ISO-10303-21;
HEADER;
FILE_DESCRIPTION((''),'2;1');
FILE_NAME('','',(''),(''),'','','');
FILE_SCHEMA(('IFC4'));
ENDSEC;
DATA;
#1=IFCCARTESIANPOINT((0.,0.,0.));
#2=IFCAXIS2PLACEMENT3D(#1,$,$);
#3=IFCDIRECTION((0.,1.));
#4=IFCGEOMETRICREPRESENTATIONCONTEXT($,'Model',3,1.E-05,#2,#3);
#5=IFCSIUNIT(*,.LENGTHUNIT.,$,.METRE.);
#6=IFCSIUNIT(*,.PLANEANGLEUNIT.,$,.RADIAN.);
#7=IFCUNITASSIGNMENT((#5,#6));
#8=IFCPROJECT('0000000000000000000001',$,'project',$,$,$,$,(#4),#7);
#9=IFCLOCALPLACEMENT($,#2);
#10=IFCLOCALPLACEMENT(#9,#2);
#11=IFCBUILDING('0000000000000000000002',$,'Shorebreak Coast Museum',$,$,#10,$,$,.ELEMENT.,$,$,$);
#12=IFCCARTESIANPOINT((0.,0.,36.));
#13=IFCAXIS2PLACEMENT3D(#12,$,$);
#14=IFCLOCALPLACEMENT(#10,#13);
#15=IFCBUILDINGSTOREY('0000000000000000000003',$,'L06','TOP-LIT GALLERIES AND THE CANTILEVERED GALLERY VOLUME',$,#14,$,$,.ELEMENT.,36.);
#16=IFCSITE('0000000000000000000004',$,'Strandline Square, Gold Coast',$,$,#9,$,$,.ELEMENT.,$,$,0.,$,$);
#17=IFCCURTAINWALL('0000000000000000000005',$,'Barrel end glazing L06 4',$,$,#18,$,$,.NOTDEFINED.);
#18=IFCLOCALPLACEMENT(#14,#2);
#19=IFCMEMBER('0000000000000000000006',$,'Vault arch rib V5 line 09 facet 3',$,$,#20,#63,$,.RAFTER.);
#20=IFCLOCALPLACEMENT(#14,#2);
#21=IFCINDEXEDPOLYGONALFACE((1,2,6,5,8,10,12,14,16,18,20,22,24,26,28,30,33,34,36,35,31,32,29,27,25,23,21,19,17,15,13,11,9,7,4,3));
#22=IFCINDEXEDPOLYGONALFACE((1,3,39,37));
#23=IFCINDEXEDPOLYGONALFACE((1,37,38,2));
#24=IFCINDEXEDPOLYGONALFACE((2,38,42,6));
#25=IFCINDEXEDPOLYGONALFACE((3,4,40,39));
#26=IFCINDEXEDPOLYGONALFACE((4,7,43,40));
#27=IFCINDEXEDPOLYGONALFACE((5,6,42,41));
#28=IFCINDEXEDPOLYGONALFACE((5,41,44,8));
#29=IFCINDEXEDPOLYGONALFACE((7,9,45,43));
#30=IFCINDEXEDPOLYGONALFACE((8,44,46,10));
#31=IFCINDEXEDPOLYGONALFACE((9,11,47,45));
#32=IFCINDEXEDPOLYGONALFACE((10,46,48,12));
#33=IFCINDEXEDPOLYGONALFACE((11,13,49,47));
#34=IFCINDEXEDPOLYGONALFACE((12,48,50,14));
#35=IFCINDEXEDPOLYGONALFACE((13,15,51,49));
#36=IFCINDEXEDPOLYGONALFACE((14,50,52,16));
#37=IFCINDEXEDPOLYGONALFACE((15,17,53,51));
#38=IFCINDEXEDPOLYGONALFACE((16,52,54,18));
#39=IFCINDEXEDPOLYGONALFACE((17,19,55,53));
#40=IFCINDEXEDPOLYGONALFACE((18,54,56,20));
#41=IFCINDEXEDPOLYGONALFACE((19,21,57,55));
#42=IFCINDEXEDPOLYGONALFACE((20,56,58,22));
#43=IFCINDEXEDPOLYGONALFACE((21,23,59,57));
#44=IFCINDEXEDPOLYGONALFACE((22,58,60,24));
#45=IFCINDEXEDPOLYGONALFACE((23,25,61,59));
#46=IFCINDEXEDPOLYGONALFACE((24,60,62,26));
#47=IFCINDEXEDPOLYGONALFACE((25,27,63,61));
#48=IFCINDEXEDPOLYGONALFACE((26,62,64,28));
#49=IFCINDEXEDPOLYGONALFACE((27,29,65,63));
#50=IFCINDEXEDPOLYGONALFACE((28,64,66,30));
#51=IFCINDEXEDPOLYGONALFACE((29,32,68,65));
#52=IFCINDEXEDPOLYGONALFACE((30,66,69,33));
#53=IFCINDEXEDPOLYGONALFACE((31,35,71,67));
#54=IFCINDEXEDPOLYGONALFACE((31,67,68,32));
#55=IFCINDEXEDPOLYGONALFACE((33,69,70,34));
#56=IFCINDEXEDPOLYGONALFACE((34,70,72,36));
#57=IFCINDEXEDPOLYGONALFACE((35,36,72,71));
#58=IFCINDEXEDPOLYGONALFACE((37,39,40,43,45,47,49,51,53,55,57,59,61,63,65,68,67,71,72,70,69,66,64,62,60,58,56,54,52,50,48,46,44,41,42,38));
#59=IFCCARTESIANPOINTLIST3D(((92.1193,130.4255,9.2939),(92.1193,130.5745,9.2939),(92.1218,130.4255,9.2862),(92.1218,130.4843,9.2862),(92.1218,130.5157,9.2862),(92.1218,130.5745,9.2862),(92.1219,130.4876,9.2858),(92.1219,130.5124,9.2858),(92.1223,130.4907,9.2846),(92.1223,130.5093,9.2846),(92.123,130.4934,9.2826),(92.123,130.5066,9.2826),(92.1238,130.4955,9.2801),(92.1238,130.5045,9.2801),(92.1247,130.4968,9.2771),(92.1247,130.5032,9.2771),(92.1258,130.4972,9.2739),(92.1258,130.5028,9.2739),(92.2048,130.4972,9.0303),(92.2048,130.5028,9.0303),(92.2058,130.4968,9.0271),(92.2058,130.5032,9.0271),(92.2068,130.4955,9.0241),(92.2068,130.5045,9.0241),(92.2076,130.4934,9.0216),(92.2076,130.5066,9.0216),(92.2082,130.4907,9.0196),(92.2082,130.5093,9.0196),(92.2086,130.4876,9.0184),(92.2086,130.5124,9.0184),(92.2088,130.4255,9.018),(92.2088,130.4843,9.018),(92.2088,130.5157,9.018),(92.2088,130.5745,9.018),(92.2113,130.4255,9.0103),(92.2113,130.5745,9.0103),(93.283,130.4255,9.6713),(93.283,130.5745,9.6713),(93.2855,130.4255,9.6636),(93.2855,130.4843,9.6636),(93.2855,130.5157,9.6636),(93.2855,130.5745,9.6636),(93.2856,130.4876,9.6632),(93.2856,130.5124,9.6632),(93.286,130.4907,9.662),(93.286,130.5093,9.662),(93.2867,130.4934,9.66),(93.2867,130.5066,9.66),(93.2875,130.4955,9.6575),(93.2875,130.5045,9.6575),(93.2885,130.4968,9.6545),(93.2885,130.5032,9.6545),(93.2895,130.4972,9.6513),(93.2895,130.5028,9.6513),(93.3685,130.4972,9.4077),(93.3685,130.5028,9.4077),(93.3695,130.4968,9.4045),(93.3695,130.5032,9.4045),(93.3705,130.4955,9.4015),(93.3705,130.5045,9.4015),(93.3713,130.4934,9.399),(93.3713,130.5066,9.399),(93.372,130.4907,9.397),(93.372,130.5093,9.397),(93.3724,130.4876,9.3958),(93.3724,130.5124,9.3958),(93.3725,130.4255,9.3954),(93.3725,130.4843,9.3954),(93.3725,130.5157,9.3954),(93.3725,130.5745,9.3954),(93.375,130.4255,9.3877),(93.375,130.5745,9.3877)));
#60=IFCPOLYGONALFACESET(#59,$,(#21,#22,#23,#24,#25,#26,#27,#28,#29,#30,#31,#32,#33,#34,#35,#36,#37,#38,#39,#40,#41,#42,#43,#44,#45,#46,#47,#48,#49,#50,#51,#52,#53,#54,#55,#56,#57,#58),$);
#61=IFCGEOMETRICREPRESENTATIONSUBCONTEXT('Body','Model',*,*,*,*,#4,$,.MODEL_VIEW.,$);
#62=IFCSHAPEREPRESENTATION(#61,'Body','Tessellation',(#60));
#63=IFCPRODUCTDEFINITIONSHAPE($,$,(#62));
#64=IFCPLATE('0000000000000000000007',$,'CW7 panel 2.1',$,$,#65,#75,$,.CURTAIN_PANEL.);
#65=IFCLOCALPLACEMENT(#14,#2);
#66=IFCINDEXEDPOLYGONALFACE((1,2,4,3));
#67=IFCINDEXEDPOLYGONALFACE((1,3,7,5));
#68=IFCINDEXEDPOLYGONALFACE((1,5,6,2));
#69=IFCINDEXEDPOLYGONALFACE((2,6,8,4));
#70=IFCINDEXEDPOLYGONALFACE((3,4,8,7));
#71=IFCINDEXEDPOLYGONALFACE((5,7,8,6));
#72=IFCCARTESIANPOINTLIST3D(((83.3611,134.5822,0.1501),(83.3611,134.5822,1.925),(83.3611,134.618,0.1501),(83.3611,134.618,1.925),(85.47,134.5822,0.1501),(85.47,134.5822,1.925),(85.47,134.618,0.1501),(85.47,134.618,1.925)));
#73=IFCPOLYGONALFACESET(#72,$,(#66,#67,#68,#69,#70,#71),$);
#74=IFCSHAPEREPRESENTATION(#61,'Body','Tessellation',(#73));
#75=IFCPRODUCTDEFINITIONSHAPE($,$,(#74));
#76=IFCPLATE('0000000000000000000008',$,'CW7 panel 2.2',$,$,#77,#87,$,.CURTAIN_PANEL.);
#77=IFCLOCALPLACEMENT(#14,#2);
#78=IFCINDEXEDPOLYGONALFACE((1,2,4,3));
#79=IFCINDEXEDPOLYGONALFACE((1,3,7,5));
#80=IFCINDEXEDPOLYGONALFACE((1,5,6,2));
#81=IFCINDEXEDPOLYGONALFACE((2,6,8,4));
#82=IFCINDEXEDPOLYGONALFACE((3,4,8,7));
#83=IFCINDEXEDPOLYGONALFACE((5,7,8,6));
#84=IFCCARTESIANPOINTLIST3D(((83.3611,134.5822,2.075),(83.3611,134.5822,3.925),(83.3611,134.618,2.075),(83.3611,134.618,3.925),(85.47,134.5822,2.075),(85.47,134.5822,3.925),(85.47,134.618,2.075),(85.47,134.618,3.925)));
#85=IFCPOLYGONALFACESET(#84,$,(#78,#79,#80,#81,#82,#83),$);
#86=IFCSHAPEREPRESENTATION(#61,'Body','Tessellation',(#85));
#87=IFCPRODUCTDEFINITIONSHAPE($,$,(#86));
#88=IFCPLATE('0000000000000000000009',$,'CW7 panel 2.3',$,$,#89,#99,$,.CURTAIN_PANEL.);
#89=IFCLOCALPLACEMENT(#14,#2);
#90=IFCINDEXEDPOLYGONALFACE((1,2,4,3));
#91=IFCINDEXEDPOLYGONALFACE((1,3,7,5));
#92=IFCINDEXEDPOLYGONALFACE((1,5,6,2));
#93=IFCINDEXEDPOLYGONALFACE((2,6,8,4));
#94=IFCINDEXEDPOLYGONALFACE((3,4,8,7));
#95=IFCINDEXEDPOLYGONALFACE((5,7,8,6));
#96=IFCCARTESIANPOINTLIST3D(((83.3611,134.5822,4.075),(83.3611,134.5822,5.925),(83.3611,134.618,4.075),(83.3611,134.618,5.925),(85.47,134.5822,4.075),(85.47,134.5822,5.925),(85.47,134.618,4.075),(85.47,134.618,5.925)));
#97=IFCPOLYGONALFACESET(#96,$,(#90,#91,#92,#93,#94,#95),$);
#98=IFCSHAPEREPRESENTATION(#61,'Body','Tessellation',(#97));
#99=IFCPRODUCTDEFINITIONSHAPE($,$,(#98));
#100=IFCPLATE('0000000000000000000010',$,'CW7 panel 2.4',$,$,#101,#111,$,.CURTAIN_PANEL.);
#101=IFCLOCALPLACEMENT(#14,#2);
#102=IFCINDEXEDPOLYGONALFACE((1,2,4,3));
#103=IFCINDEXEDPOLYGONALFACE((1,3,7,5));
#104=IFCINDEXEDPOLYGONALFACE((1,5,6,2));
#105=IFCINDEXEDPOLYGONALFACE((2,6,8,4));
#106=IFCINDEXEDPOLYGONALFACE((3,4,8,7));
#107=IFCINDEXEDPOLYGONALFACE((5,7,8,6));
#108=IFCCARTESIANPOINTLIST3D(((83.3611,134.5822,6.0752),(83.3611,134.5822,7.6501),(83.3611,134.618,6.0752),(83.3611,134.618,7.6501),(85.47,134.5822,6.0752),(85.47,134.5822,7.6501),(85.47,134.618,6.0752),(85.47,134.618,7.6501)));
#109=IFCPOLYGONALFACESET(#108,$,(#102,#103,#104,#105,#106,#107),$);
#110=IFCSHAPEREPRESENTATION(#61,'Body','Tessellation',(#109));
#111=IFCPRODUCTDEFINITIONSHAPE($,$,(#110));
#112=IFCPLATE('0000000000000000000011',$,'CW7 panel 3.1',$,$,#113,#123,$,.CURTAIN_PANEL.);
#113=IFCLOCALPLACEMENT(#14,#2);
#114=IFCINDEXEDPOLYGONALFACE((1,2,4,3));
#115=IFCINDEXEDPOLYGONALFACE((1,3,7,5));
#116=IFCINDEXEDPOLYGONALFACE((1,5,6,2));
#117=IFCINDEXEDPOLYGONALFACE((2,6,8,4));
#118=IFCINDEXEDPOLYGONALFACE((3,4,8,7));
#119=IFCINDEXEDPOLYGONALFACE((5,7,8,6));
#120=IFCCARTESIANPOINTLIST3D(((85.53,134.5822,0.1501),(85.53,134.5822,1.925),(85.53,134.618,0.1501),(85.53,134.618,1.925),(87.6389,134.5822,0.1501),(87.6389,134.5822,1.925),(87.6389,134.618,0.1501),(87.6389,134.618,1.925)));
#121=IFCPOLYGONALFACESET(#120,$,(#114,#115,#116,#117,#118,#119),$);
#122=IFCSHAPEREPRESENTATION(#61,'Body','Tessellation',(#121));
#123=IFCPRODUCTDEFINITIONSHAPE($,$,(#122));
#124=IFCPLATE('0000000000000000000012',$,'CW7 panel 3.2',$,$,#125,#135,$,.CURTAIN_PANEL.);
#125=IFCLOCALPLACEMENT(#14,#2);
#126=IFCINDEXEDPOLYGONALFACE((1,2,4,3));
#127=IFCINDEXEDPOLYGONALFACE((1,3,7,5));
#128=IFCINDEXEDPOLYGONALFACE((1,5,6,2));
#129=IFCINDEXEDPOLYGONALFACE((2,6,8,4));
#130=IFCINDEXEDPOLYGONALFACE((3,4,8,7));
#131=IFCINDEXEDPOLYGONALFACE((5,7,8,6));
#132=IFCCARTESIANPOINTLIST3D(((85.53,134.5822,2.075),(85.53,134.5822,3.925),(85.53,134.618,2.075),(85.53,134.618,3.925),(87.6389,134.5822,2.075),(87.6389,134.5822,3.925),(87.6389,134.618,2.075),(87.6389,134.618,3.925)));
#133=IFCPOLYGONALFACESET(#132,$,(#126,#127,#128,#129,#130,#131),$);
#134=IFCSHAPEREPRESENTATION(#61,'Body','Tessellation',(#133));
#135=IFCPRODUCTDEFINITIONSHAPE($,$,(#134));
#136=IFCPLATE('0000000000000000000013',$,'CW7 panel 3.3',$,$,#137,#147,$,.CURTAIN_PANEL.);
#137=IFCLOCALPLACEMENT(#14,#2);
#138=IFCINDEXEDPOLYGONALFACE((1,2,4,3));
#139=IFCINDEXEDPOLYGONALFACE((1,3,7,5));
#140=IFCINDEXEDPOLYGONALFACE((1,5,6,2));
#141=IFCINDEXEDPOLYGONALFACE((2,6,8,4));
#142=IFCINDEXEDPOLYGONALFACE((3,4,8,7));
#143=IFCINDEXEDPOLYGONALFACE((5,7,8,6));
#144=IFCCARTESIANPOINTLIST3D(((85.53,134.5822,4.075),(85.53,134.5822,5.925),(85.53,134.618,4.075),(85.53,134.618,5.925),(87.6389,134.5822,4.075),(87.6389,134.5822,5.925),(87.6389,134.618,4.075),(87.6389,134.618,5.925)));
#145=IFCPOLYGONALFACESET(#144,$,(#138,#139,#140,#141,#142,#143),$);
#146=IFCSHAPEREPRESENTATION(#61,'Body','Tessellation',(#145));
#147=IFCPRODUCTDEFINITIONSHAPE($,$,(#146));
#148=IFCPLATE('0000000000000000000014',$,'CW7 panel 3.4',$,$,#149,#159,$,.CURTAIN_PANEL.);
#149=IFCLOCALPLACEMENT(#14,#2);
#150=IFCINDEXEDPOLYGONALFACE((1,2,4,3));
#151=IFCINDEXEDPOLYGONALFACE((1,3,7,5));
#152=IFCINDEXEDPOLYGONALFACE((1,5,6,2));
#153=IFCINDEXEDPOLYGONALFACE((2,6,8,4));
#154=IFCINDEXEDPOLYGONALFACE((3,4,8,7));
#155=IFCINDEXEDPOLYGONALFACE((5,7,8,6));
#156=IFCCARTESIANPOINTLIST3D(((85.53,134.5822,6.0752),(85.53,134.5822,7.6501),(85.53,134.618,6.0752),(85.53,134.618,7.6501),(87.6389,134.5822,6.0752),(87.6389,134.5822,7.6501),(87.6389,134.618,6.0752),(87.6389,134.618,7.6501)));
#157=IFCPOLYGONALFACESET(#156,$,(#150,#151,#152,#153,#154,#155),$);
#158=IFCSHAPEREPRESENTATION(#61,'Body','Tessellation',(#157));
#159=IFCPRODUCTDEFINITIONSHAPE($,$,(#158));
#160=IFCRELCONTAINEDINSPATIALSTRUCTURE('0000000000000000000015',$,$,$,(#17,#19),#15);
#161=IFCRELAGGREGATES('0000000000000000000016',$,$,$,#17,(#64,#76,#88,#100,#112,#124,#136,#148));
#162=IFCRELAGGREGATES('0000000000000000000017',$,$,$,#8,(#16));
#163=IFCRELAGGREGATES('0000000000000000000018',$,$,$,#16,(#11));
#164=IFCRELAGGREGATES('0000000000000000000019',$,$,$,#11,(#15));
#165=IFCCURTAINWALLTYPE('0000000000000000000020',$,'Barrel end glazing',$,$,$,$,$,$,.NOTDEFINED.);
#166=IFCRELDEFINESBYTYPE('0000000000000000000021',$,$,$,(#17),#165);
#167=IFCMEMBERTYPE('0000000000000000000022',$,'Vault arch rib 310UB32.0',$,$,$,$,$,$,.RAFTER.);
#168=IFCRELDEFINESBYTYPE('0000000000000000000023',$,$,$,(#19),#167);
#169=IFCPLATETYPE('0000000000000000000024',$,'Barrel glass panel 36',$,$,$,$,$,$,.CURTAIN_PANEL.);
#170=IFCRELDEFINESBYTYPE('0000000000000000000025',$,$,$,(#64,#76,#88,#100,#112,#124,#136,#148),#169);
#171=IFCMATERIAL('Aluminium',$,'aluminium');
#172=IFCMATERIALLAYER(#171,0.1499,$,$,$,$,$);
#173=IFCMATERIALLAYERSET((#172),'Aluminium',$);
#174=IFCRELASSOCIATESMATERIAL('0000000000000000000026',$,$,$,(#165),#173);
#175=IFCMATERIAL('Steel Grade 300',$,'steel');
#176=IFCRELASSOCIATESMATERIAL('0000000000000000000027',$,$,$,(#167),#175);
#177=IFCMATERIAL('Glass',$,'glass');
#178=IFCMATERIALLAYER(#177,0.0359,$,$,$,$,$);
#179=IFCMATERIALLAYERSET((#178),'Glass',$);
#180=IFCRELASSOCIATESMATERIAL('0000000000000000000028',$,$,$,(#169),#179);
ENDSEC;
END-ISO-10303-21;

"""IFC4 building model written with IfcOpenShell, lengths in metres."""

from ifc_helpers import new_model, si_unit, direction, frame, origin, origin_2d, place, context, subcontext, project, spatial, rectangle, i_section, extrude, material, layer, layer_set, material_profile, profile_set, type_object, element, aggregate, save


model = new_model("IFC4")

# Units and contexts
model_context = context("Model", 3, precision=1e-05, world=origin(), true_north=direction((0.0, 1.0)))
body_context = subcontext(model_context, "Body", "Model", "MODEL_VIEW")
ifc_project = project(units=[si_unit("LENGTHUNIT", "METRE"), si_unit("PLANEANGLEUNIT", "RADIAN")], contexts=[model_context])

# Site, building, storey
site_placement = place(None, origin())
site = spatial("IfcSite", under=ifc_project, at=site_placement, Name="Strandline Square, Gold Coast", CompositionType="ELEMENT", RefElevation=0.0)
building_placement = place(site_placement, origin())
building = spatial("IfcBuilding", under=site, at=building_placement, Name="Shorebreak Coast Museum", CompositionType="ELEMENT")
storey_placement = place(building_placement, frame((0.0, 0.0, 36.0)))
storey = spatial("IfcBuildingStorey", under=building, at=storey_placement, Name="L06", Description="TOP-LIT GALLERIES AND THE CANTILEVERED GALLERY VOLUME", CompositionType="ELEMENT", Elevation=36.0)

# Curtain wall
ifc_material_1 = material(Name="Aluminium", Category="aluminium")
ifc_layer_1 = layer(ifc_material_1, 0.1499)
ifc_layer_set_1 = layer_set([ifc_layer_1], Name="Aluminium")
curtain_wall_type_1 = type_object("IfcCurtainWallType", Name="Barrel end glazing", PredefinedType="NOTDEFINED", material=ifc_layer_set_1)
curtain_wall_1_placement = place(storey_placement, origin())
curtain_wall_1 = element("IfcCurtainWall", 1, at=curtain_wall_1_placement, inside=storey, type_object=curtain_wall_type_1, Name="Barrel end glazing L06 4", PredefinedType="NOTDEFINED")

# Member
ifc_material_2 = material(Name="Steel Grade 300", Category="steel")
ifc_material_profile_1 = material_profile(ifc_material_2, i_section(OverallWidth=0.1489, OverallDepth=0.2981, WebThickness=0.0056, FlangeThickness=0.0081, FilletRadius=0.0129, at=origin_2d()), Name="310UB32.0")
ifc_profile_set_1 = profile_set([ifc_material_profile_1], Name="Steel Grade 300")
member_type_1 = type_object("IfcMemberType", Name="Vault arch rib 310UB32.0", PredefinedType="RAFTER", material=ifc_profile_set_1)
for number, where, z_axis, x_axis, name in (
    (2, (92.1653, 130.5, 9.1521), (0.951226, 0.0, 0.308495), (0.0, 1.0, 0.0), "Vault arch rib V5 line 09 facet 3"),
):
    element("IfcMember", number, at=place(storey_placement, frame(where, z_axis=z_axis, x_axis=x_axis)), inside=storey, type_object=member_type_1, Name=name, PredefinedType="RAFTER", context=body_context, shape_type="SweptSolid", body=[
        extrude(i_section(OverallWidth=0.1489, OverallDepth=0.2981, WebThickness=0.0056, FlangeThickness=0.0081, FilletRadius=0.0129, at=origin_2d()), origin(), (0.0, 0.0, 1.0), 1.2234),
    ])

# Plates
ifc_material_3 = material(Name="Glass", Category="glass")
ifc_layer_2 = layer(ifc_material_3, 0.0359)
ifc_layer_set_2 = layer_set([ifc_layer_2], Name="Glass")
plate_type = type_object("IfcPlateType", Name="Barrel glass panel 36", PredefinedType="CURTAIN_PANEL", material=ifc_layer_set_2)
plate_1_placement = place(storey_placement, frame((84.4155, 134.6001, 0.1501), z_axis=(0.0, 0.0, 1.0), x_axis=(1.0, 0.0, 0.0)))
plate_1 = element("IfcPlate", 3, at=plate_1_placement, type_object=plate_type, Name="CW7 panel 2.1", PredefinedType="CURTAIN_PANEL", context=body_context, shape_type="SweptSolid", body=[
    extrude(rectangle(XDim=2.1089, YDim=0.0359, at=origin_2d()), origin(), (0.0, 0.0, 1.0), 1.7749),
])
plate_2_placement = place(storey_placement, frame((84.4155, 134.6001, 2.075), z_axis=(0.0, 0.0, 1.0), x_axis=(1.0, 0.0, 0.0)))
plate_2 = element("IfcPlate", 4, at=plate_2_placement, type_object=plate_type, Name="CW7 panel 2.2", PredefinedType="CURTAIN_PANEL", context=body_context, shape_type="SweptSolid", body=[
    extrude(rectangle(XDim=2.1089, YDim=0.0359, at=origin_2d()), origin(), (0.0, 0.0, 1.0), 1.8501),
])
plate_3_placement = place(storey_placement, frame((84.4155, 134.6001, 4.075), z_axis=(0.0, 0.0, 1.0), x_axis=(1.0, 0.0, 0.0)))
plate_3 = element("IfcPlate", 5, at=plate_3_placement, type_object=plate_type, Name="CW7 panel 2.3", PredefinedType="CURTAIN_PANEL", context=body_context, shape_type="SweptSolid", body=[
    extrude(rectangle(XDim=2.1089, YDim=0.0359, at=origin_2d()), origin(), (0.0, 0.0, 1.0), 1.8501),
])
plate_4_placement = place(storey_placement, frame((84.4155, 134.6001, 6.0752), z_axis=(0.0, 0.0, 1.0), x_axis=(1.0, 0.0, 0.0)))
plate_4 = element("IfcPlate", 6, at=plate_4_placement, type_object=plate_type, Name="CW7 panel 2.4", PredefinedType="CURTAIN_PANEL", context=body_context, shape_type="SweptSolid", body=[
    extrude(rectangle(XDim=2.1089, YDim=0.0359, at=origin_2d()), origin(), (0.0, 0.0, 1.0), 1.575),
])
plate_5_placement = place(storey_placement, frame((86.5845, 134.6001, 0.1501), z_axis=(0.0, 0.0, 1.0), x_axis=(1.0, 0.0, 0.0)))
plate_5 = element("IfcPlate", 7, at=plate_5_placement, type_object=plate_type, Name="CW7 panel 3.1", PredefinedType="CURTAIN_PANEL", context=body_context, shape_type="SweptSolid", body=[
    extrude(rectangle(XDim=2.1089, YDim=0.0359, at=origin_2d()), origin(), (0.0, 0.0, 1.0), 1.7749),
])
plate_6_placement = place(storey_placement, frame((86.5845, 134.6001, 2.075), z_axis=(0.0, 0.0, 1.0), x_axis=(1.0, 0.0, 0.0)))
plate_6 = element("IfcPlate", 8, at=plate_6_placement, type_object=plate_type, Name="CW7 panel 3.2", PredefinedType="CURTAIN_PANEL", context=body_context, shape_type="SweptSolid", body=[
    extrude(rectangle(XDim=2.1089, YDim=0.0359, at=origin_2d()), origin(), (0.0, 0.0, 1.0), 1.8501),
])
plate_7_placement = place(storey_placement, frame((86.5845, 134.6001, 4.075), z_axis=(0.0, 0.0, 1.0), x_axis=(1.0, 0.0, 0.0)))
plate_7 = element("IfcPlate", 9, at=plate_7_placement, type_object=plate_type, Name="CW7 panel 3.3", PredefinedType="CURTAIN_PANEL", context=body_context, shape_type="SweptSolid", body=[
    extrude(rectangle(XDim=2.1089, YDim=0.0359, at=origin_2d()), origin(), (0.0, 0.0, 1.0), 1.8501),
])
plate_8_placement = place(storey_placement, frame((86.5845, 134.6001, 6.0752), z_axis=(0.0, 0.0, 1.0), x_axis=(1.0, 0.0, 0.0)))
plate_8 = element("IfcPlate", 10, at=plate_8_placement, type_object=plate_type, Name="CW7 panel 3.4", PredefinedType="CURTAIN_PANEL", context=body_context, shape_type="SweptSolid", body=[
    extrude(rectangle(XDim=2.1089, YDim=0.0359, at=origin_2d()), origin(), (0.0, 0.0, 1.0), 1.575),
])
aggregate(curtain_wall_1, [plate_1, plate_2, plate_3, plate_4, plate_5, plate_6, plate_7, plate_8])

save(model, "model.ifc")
